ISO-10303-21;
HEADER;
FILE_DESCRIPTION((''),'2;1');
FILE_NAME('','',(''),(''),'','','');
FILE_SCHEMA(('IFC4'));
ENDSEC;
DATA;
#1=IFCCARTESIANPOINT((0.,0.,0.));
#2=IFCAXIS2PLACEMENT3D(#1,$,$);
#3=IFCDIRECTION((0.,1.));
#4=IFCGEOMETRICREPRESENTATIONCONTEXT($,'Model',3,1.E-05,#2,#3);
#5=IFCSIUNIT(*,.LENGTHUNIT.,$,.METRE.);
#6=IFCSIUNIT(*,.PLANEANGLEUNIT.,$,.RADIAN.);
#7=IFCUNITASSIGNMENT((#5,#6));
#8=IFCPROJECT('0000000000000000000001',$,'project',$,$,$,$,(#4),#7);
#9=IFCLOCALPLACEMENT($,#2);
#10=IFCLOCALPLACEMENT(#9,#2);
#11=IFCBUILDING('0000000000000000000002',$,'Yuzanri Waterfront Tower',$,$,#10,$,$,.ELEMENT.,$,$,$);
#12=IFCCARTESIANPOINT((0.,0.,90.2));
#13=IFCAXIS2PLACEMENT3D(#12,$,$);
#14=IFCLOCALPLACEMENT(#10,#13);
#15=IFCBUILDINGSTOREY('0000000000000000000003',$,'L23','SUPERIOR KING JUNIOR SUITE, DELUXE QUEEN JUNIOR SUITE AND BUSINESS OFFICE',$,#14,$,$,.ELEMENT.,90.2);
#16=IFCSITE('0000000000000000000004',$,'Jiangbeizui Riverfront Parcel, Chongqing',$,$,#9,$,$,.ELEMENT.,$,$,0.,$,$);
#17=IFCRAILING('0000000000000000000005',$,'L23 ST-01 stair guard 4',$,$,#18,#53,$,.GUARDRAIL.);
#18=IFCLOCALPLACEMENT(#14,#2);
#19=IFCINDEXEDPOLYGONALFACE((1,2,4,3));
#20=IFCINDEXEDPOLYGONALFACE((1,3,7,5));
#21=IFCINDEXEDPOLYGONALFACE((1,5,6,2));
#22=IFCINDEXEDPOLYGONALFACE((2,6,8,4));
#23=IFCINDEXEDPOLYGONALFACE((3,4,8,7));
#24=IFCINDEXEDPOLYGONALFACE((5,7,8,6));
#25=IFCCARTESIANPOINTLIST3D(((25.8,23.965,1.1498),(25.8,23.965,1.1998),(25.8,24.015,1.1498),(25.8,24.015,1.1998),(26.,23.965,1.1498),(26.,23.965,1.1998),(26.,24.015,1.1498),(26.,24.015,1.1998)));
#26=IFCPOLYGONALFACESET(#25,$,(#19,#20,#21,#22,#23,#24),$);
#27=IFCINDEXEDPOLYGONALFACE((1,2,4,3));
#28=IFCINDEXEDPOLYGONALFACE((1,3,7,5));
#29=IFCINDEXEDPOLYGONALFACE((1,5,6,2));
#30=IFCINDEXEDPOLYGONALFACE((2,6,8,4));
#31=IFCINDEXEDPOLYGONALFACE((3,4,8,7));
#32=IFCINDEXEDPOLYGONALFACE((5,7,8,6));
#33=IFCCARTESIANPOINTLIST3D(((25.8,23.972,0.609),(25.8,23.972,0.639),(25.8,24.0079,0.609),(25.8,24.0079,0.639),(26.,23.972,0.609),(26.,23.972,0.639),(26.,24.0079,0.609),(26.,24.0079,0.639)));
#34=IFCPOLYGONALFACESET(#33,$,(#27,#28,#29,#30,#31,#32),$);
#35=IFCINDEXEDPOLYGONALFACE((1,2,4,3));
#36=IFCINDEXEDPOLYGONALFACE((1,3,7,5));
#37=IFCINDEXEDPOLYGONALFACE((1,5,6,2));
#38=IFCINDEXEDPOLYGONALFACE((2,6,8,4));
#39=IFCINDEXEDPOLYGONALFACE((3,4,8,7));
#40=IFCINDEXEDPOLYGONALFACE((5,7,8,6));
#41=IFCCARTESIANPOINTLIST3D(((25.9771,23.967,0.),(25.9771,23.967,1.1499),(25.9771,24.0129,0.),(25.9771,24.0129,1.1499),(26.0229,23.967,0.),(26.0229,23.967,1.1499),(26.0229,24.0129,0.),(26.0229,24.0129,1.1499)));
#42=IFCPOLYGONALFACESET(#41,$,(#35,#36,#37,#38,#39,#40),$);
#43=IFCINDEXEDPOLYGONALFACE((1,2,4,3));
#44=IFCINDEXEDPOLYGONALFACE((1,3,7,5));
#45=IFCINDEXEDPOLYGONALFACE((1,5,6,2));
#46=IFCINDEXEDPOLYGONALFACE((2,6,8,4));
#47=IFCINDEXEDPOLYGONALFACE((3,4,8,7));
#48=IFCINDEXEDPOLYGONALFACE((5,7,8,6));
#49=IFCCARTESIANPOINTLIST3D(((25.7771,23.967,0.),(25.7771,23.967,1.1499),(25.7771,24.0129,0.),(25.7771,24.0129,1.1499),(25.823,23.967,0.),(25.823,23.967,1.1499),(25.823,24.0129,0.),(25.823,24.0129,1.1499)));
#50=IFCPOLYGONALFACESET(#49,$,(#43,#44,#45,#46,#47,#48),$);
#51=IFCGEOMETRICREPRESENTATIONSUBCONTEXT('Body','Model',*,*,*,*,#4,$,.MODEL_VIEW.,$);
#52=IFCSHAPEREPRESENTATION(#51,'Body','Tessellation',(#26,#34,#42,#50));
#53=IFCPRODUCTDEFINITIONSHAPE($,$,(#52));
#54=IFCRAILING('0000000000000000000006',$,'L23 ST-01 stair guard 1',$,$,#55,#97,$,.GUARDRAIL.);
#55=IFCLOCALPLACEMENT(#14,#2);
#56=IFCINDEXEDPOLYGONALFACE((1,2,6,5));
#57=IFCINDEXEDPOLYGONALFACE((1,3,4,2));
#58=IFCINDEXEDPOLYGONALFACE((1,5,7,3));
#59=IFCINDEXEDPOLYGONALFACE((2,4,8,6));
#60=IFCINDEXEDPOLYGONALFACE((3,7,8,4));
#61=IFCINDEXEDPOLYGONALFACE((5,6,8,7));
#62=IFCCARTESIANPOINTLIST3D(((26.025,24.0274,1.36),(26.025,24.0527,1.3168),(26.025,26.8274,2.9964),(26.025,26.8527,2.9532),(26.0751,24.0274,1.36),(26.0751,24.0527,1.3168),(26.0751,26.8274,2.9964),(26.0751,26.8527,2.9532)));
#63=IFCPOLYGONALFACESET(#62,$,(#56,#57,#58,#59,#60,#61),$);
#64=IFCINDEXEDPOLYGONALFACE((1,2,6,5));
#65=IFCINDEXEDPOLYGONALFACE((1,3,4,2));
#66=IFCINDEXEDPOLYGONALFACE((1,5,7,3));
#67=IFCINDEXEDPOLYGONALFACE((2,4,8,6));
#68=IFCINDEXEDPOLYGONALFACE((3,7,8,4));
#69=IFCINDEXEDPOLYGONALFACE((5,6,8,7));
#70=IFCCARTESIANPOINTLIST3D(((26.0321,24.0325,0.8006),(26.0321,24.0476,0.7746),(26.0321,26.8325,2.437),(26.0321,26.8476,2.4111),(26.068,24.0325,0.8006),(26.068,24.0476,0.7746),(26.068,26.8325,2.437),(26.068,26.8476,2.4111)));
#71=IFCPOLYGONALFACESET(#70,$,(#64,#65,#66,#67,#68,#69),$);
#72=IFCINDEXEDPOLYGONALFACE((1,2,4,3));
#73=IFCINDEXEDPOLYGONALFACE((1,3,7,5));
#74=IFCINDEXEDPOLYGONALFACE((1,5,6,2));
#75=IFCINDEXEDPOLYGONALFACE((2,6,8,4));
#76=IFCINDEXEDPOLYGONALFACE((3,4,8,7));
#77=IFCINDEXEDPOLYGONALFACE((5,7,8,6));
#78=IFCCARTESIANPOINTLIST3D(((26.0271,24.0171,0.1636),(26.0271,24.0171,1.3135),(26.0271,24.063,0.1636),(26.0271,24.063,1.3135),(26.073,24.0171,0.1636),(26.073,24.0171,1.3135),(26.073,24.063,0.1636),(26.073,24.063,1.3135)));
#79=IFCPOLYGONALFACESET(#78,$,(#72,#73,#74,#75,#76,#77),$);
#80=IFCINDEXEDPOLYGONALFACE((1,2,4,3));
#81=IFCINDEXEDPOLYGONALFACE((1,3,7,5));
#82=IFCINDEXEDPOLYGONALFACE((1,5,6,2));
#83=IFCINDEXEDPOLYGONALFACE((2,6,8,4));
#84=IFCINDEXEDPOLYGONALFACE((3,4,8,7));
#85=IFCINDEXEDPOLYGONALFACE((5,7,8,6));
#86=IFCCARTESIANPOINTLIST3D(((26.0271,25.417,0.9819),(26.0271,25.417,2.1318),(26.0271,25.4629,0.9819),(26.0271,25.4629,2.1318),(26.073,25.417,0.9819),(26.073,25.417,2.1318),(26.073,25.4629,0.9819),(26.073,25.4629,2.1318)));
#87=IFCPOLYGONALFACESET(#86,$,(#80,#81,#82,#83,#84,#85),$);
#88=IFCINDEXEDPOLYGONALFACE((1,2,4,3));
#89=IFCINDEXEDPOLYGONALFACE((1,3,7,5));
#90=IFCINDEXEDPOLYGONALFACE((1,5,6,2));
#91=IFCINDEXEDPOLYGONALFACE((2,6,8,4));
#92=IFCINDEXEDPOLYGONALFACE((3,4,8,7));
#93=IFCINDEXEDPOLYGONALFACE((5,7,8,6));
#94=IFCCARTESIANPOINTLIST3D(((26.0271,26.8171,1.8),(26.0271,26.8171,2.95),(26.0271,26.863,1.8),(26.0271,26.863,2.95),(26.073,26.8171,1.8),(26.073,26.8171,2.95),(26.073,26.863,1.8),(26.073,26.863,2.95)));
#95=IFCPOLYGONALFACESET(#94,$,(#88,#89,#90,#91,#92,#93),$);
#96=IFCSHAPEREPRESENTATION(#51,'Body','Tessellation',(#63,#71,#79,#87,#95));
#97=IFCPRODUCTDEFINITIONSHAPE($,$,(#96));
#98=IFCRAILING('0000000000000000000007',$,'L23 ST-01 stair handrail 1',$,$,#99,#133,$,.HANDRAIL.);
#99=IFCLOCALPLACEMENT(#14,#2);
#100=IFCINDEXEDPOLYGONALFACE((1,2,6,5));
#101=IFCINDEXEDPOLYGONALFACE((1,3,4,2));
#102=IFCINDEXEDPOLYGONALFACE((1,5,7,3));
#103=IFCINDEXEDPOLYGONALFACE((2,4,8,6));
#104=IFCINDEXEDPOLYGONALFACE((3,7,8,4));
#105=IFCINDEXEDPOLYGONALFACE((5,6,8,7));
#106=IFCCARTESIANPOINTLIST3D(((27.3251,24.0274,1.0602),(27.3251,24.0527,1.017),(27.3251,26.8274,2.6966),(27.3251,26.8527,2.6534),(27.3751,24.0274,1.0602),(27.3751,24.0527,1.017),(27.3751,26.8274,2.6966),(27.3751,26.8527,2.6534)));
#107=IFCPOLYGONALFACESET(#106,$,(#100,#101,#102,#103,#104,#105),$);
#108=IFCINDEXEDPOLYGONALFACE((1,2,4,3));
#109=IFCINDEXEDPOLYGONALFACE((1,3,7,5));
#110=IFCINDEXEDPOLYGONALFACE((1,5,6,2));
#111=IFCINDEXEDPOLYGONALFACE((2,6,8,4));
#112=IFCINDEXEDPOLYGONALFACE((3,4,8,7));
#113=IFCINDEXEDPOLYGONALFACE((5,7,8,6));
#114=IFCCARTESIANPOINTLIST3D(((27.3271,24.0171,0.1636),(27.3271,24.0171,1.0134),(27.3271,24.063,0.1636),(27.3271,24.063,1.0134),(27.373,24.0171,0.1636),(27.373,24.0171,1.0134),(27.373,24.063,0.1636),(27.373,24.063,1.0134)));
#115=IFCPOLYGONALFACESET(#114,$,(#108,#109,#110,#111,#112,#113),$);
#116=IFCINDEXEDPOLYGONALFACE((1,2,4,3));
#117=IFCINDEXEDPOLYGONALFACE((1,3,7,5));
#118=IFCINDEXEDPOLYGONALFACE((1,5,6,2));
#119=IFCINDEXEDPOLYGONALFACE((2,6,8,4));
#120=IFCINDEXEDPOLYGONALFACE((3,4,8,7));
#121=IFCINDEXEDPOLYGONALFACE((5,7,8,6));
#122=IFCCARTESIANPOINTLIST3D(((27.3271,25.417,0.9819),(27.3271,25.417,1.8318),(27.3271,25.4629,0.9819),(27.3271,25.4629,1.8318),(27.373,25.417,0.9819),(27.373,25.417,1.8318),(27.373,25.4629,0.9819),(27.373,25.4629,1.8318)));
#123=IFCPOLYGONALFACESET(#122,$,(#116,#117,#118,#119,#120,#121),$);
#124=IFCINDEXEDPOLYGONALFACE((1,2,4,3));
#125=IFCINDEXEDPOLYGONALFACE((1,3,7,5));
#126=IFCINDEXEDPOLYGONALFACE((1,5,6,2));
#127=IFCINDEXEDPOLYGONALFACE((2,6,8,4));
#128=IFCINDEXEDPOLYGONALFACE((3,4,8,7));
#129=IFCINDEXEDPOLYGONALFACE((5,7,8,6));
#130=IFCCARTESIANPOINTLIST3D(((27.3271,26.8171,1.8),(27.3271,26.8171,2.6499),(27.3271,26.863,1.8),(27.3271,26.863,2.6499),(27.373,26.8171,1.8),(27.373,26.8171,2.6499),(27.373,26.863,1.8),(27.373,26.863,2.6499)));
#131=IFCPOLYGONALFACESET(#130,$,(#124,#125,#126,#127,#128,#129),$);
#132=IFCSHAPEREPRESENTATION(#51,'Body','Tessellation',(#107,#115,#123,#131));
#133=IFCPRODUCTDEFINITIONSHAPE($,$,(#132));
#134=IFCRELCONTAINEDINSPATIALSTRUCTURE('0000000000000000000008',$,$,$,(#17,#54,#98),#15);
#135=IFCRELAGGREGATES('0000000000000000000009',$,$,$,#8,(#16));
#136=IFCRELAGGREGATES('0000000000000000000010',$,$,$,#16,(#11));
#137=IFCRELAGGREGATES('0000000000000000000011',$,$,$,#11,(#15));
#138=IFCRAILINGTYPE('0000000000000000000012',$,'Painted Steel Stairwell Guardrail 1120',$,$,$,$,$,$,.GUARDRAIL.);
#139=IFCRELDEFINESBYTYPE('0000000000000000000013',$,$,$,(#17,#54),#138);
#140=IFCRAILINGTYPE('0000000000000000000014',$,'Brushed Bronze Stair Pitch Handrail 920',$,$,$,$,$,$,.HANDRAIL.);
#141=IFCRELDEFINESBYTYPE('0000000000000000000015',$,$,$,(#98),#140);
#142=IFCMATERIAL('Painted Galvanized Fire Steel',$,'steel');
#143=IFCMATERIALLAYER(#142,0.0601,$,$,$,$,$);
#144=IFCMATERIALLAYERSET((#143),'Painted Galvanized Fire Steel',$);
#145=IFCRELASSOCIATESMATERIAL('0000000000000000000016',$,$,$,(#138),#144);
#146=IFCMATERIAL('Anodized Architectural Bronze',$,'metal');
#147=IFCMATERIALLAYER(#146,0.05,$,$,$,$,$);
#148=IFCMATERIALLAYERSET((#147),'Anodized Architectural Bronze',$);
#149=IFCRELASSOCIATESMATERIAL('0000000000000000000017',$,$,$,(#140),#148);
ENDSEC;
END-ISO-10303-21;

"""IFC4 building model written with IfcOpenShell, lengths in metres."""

from ifc_helpers import new_model, si_unit, direction, frame, origin, origin_2d, place, context, subcontext, project, spatial, rectangle, extrude, source, transform, mapped, material, layer, layer_set, type_object, element, save


model = new_model("IFC4")

# Units and contexts
model_context = context("Model", 3, precision=1e-05, world=origin(), true_north=direction((0.0, 1.0)))
body_context = subcontext(model_context, "Body", "Model", "MODEL_VIEW")
ifc_project = project(units=[si_unit("LENGTHUNIT", "METRE"), si_unit("PLANEANGLEUNIT", "RADIAN")], contexts=[model_context])

# Site, building, storey
site_placement = place(None, origin())
site = spatial("IfcSite", under=ifc_project, at=site_placement, Name="Jiangbeizui Riverfront Parcel, Chongqing", CompositionType="ELEMENT", RefElevation=0.0)
building_placement = place(site_placement, origin())
building = spatial("IfcBuilding", under=site, at=building_placement, Name="Yuzanri Waterfront Tower", CompositionType="ELEMENT")
storey_placement = place(building_placement, frame((0.0, 0.0, 90.2)))
storey = spatial("IfcBuildingStorey", under=building, at=storey_placement, Name="L23", Description="SUPERIOR KING JUNIOR SUITE, DELUXE QUEEN JUNIOR SUITE AND BUSINESS OFFICE", CompositionType="ELEMENT", Elevation=90.2)

# Railings
ifc_material_1 = material(Name="Painted Galvanized Fire Steel", Category="steel")
ifc_layer_1 = layer(ifc_material_1, 0.0601)
ifc_layer_set_1 = layer_set([ifc_layer_1], Name="Painted Galvanized Fire Steel")
railing_type_1 = type_object("IfcRailingType", Name="Painted Steel Stairwell Guardrail 1120", PredefinedType="GUARDRAIL", material=ifc_layer_set_1)
shared_shape_1 = source(origin(), body_context, "Body", "SweptSolid", [
    extrude(rectangle(XDim=0.05, YDim=0.05, at=origin_2d()), frame((0.0, 0.0, 1.1748), z_axis=(-1.0, 0.0, 0.0), x_axis=(0.0, -1.0, 0.0)), (0.0, 0.0, 1.0), 0.2),
    extrude(rectangle(XDim=0.0359, YDim=0.03, at=origin_2d()), frame((0.0, 0.0, 0.624), z_axis=(-1.0, 0.0, 0.0), x_axis=(0.0, -1.0, 0.0)), (0.0, 0.0, 1.0), 0.2),
    extrude(rectangle(XDim=0.0459, YDim=0.0459, at=origin_2d()), origin(), (0.0, 0.0, 1.0), 1.1499),
    extrude(rectangle(XDim=0.0459, YDim=0.0459, at=origin_2d()), frame((-0.2, 0.0, 0.0)), (0.0, 0.0, 1.0), 1.1499),
])
railing_1_placement = place(storey_placement, frame((26.0, 23.99, 0.0)))
element("IfcRailing", 1, at=railing_1_placement, inside=storey, type_object=railing_type_1, Name="L23 ST-01 stair guard 4", PredefinedType="GUARDRAIL", context=body_context, shape_type="MappedRepresentation", body=[
    mapped(shared_shape_1, transform((0.0, 0.0, 0.0), scale=1.0)),
])
shared_shape_2 = source(origin(), body_context, "Body", "SweptSolid", [
    extrude(rectangle(XDim=0.05, YDim=0.05, at=origin_2d()), frame((0.0, 0.0, 1.1748), z_axis=(0.0, 0.863361, 0.504587), x_axis=(-1.0, 0.0, 0.0)), (0.0, 0.0, 1.0), 3.2432),
    extrude(rectangle(XDim=0.0359, YDim=0.03, at=origin_2d()), frame((0.0, 0.0, 0.624), z_axis=(0.0, 0.863361, 0.504587), x_axis=(-1.0, 0.0, 0.0)), (0.0, 0.0, 1.0), 3.2432),
    extrude(rectangle(XDim=0.0459, YDim=0.0459, at=origin_2d()), origin(), (0.0, 0.0, 1.0), 1.1499),
    extrude(rectangle(XDim=0.0459, YDim=0.0459, at=origin_2d()), frame((0.0, 1.3999, 0.8184)), (0.0, 0.0, 1.0), 1.1499),
    extrude(rectangle(XDim=0.0459, YDim=0.0459, at=origin_2d()), frame((0.0, 2.8, 1.6365)), (0.0, 0.0, 1.0), 1.1499),
])
railing_2_placement = place(storey_placement, frame((26.05, 24.04, 0.1636)))
element("IfcRailing", 2, at=railing_2_placement, inside=storey, type_object=railing_type_1, Name="L23 ST-01 stair guard 1", PredefinedType="GUARDRAIL", context=body_context, shape_type="MappedRepresentation", body=[
    mapped(shared_shape_2, transform((0.0, 0.0, 0.0), scale=1.0)),
])
ifc_material_2 = material(Name="Anodized Architectural Bronze", Category="metal")
ifc_layer_2 = layer(ifc_material_2, 0.05)
ifc_layer_set_2 = layer_set([ifc_layer_2], Name="Anodized Architectural Bronze")
railing_type_2 = type_object("IfcRailingType", Name="Brushed Bronze Stair Pitch Handrail 920", PredefinedType="HANDRAIL", material=ifc_layer_set_2)
shared_shape_3 = source(origin(), body_context, "Body", "SweptSolid", [
    extrude(rectangle(XDim=0.05, YDim=0.05, at=origin_2d()), frame((0.0, 0.0, 0.875), z_axis=(0.0, 0.863361, 0.504587), x_axis=(-1.0, 0.0, 0.0)), (0.0, 0.0, 1.0), 3.2432),
    extrude(rectangle(XDim=0.0459, YDim=0.0459, at=origin_2d()), origin(), (0.0, 0.0, 1.0), 0.8499),
    extrude(rectangle(XDim=0.0459, YDim=0.0459, at=origin_2d()), frame((0.0, 1.3999, 0.8184)), (0.0, 0.0, 1.0), 0.8499),
    extrude(rectangle(XDim=0.0459, YDim=0.0459, at=origin_2d()), frame((0.0, 2.8, 1.6365)), (0.0, 0.0, 1.0), 0.8499),
])
railing_3_placement = place(storey_placement, frame((27.3501, 24.04, 0.1636)))
element("IfcRailing", 3, at=railing_3_placement, inside=storey, type_object=railing_type_2, Name="L23 ST-01 stair handrail 1", PredefinedType="HANDRAIL", context=body_context, shape_type="MappedRepresentation", body=[
    mapped(shared_shape_3, transform((0.0, 0.0, 0.0), scale=1.0)),
])

save(model, "model.ifc")
